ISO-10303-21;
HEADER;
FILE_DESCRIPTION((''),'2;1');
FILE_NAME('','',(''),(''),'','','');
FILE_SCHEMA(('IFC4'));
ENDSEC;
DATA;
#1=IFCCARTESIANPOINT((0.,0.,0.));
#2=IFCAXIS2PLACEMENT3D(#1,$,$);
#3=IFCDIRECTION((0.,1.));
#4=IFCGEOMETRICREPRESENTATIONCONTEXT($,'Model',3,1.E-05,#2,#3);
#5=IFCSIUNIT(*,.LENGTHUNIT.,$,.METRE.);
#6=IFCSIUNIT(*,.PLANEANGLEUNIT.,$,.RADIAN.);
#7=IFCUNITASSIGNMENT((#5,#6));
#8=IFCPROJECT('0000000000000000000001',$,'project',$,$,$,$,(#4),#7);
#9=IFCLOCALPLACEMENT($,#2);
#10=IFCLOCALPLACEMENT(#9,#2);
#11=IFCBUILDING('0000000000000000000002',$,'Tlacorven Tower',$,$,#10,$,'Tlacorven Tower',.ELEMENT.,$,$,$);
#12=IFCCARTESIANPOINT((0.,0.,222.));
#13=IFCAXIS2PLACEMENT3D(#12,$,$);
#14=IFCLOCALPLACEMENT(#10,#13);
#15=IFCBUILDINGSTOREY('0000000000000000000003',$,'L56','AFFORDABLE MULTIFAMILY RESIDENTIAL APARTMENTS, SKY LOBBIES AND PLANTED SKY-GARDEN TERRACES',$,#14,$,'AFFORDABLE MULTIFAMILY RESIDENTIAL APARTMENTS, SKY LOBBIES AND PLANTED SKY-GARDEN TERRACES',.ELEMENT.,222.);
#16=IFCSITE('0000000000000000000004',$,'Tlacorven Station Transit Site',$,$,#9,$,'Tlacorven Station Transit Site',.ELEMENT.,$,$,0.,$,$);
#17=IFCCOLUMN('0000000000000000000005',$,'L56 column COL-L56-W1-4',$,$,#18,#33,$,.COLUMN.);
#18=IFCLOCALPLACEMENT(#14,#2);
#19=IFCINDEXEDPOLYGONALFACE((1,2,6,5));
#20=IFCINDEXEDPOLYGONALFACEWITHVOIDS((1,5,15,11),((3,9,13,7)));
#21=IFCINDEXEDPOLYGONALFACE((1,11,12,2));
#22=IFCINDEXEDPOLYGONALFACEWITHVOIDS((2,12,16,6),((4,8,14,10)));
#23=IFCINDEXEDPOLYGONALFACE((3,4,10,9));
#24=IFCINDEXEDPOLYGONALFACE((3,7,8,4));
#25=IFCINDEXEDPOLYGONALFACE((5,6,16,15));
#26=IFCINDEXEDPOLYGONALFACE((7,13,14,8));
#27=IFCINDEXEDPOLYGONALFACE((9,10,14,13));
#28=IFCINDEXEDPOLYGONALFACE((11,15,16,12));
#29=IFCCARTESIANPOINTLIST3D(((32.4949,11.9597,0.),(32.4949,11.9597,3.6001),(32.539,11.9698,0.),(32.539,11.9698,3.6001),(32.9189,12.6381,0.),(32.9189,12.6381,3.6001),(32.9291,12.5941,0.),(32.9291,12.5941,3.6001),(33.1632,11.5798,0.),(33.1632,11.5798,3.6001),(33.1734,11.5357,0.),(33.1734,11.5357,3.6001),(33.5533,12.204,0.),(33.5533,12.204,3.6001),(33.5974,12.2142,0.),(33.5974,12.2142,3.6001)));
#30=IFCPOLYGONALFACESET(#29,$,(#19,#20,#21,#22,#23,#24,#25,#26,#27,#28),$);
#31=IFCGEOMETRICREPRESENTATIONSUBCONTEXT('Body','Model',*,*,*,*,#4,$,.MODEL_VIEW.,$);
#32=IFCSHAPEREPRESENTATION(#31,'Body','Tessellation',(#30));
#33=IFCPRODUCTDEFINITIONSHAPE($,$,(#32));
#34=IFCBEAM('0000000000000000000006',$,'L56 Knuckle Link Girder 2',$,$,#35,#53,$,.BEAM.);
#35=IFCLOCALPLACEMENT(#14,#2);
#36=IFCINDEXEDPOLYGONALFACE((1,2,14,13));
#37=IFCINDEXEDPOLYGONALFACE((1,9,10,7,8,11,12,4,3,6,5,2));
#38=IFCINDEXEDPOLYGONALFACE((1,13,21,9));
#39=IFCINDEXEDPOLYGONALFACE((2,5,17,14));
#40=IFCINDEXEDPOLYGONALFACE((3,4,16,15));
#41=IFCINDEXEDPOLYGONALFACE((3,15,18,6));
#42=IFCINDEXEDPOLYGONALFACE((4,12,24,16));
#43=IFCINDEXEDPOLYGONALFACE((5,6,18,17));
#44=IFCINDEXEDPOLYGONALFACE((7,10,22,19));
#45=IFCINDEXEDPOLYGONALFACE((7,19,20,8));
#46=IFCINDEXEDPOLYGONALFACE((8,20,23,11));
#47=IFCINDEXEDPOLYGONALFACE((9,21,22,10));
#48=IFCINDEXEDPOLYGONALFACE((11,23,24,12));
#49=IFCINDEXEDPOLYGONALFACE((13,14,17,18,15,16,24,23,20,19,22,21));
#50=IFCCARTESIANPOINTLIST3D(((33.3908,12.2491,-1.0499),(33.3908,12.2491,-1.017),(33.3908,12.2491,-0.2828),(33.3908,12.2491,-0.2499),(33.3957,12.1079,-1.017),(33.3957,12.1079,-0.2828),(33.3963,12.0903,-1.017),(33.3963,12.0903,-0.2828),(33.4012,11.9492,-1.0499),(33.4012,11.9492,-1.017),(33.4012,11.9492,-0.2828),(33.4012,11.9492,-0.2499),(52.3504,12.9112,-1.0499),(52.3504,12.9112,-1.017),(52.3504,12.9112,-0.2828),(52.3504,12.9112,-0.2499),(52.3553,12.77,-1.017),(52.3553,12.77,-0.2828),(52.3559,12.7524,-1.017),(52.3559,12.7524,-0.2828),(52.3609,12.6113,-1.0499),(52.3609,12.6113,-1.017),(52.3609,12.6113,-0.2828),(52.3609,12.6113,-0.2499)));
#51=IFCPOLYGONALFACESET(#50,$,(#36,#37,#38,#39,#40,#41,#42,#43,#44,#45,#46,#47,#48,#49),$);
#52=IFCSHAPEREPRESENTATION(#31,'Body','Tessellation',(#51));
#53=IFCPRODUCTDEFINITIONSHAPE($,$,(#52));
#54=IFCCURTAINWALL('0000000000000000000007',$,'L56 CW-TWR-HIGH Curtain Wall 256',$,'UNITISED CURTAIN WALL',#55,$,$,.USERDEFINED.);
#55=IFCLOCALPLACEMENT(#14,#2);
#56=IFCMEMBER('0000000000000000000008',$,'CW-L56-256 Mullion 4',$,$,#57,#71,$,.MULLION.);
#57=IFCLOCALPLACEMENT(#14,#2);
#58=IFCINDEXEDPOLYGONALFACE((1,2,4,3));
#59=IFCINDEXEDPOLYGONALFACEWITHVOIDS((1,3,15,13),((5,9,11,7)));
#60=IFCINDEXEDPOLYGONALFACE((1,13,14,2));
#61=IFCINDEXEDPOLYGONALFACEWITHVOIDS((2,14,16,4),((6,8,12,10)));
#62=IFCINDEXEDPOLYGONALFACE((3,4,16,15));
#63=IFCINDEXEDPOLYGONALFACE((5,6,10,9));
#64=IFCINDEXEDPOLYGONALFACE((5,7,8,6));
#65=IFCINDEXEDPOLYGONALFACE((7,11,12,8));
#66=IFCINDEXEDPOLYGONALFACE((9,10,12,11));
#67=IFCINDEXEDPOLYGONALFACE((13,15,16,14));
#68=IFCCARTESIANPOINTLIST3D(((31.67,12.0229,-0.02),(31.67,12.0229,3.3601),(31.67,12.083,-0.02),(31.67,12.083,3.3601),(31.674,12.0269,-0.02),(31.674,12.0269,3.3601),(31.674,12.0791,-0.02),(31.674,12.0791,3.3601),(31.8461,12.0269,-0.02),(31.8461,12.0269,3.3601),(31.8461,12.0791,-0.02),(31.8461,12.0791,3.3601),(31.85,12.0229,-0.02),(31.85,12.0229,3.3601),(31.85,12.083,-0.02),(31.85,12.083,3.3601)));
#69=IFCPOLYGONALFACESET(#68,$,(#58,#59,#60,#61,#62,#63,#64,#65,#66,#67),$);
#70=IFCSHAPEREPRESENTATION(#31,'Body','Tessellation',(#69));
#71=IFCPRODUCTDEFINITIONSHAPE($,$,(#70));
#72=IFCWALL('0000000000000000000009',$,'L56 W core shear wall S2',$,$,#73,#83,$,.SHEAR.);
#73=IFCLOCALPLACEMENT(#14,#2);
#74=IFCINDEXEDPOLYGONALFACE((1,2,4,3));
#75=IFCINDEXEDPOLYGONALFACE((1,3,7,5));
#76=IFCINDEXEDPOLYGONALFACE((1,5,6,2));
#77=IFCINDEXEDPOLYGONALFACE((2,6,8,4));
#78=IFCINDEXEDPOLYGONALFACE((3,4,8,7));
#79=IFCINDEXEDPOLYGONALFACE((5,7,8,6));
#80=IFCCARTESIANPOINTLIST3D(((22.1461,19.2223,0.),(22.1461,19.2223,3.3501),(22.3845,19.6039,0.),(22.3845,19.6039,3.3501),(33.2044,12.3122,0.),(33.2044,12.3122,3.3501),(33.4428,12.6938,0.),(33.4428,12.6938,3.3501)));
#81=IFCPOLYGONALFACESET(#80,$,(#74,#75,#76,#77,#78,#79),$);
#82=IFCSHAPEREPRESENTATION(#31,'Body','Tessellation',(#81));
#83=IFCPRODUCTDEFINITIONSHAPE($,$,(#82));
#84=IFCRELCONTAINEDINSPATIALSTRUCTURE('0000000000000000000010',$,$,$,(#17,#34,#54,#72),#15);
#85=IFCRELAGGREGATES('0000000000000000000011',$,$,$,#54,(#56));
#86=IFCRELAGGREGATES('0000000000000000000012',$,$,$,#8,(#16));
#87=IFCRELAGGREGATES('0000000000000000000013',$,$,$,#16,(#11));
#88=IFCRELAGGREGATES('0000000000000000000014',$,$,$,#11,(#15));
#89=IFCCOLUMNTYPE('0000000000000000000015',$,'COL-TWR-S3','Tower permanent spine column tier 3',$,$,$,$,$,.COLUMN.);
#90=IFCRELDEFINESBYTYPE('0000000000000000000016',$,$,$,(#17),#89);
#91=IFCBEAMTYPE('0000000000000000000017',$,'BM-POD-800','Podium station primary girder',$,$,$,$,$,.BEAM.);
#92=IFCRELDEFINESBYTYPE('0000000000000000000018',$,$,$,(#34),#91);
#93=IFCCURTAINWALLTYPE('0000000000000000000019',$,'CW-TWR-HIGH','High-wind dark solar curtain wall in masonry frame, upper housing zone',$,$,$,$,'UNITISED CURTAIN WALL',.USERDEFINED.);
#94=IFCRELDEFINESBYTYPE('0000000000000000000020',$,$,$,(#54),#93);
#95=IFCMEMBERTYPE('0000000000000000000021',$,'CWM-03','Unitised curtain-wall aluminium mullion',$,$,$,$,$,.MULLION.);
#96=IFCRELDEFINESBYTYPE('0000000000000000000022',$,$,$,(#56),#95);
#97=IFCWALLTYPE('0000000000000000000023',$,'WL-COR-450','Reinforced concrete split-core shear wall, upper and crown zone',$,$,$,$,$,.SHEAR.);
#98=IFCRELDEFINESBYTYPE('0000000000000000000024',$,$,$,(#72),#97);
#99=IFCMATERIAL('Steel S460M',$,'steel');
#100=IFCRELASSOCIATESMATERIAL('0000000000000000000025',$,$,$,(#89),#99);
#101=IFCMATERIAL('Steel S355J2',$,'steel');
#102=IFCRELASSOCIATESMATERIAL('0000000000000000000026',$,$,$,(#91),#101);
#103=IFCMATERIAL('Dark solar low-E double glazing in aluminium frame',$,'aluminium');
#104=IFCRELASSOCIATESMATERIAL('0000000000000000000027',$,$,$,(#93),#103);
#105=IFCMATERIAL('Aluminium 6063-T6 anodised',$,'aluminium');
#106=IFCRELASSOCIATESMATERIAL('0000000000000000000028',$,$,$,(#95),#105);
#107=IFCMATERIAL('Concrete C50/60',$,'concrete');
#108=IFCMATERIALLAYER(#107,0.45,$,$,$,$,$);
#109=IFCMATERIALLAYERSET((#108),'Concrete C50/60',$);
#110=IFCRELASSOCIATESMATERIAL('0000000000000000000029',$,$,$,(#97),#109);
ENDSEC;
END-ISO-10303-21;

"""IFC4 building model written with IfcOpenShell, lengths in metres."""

from ifc_helpers import new_model, si_unit, direction, frame, frame_2d, origin, origin_2d, place, context, subcontext, project, spatial, rectangle, hollow_rectangle, i_section, extrude, source, transform, mapped, material, layer, layer_set, material_profile, profile_set, type_object, element, aggregate, save


model = new_model("IFC4")

# Units and contexts
model_context = context("Model", 3, precision=1e-05, world=origin(), true_north=direction((0.0, 1.0)))
body_context = subcontext(model_context, "Body", "Model", "MODEL_VIEW")
ifc_project = project(units=[si_unit("LENGTHUNIT", "METRE"), si_unit("PLANEANGLEUNIT", "RADIAN")], contexts=[model_context])

# Site, building, storey
site_placement = place(None, origin())
site = spatial("IfcSite", under=ifc_project, at=site_placement, Name="Tlacorven Station Transit Site", LongName="Tlacorven Station Transit Site", CompositionType="ELEMENT", RefElevation=0.0)
building_placement = place(site_placement, origin())
building = spatial("IfcBuilding", under=site, at=building_placement, Name="Tlacorven Tower", LongName="Tlacorven Tower", CompositionType="ELEMENT")
storey_placement = place(building_placement, frame((0.0, 0.0, 222.0)))
storey = spatial("IfcBuildingStorey", under=building, at=storey_placement, Name="L56", Description="AFFORDABLE MULTIFAMILY RESIDENTIAL APARTMENTS, SKY LOBBIES AND PLANTED SKY-GARDEN TERRACES", LongName="AFFORDABLE MULTIFAMILY RESIDENTIAL APARTMENTS, SKY LOBBIES AND PLANTED SKY-GARDEN TERRACES", CompositionType="ELEMENT", Elevation=222.0)

# Column
ifc_material_1 = material(Name="Steel S460M", Category="steel")
ifc_material_profile_1 = material_profile(ifc_material_1, hollow_rectangle(XDim=0.8, YDim=0.8, WallThickness=0.032, at=origin_2d()), Name="BOX 800X800X32")
ifc_profile_set_1 = profile_set([ifc_material_profile_1], Name="Steel S460M")
column_type = type_object("IfcColumnType", Name="COL-TWR-S3", Description="Tower permanent spine column tier 3", PredefinedType="COLUMN", material=ifc_profile_set_1)
shared_shape_1 = source(origin(), body_context, "Body", "SweptSolid", [
    extrude(hollow_rectangle(XDim=0.8, YDim=0.8, WallThickness=0.032, at=origin_2d()), origin(), (0.0, 0.0, 1.0), 3.6001),
])
column_placement = place(storey_placement, frame((33.0461, 12.0869, 0.0), z_axis=(0.0, 0.0, 1.0), x_axis=(-0.848048, 0.529919, 0.0)))
element("IfcColumn", 1, at=column_placement, inside=storey, type_object=column_type, Name="L56 column COL-L56-W1-4", PredefinedType="COLUMN", context=body_context, shape_type="MappedRepresentation", body=[
    mapped(shared_shape_1, transform((0.0, 0.0, 0.0), scale=1.0)),
])

# Beam
ifc_material_2 = material(Name="Steel S355J2", Category="steel")
ifc_material_profile_2 = material_profile(ifc_material_2, i_section(OverallWidth=0.3, OverallDepth=0.8, WebThickness=0.0176, FlangeThickness=0.033, at=origin_2d()), Name="HEB 800")
ifc_profile_set_2 = profile_set([ifc_material_profile_2], Name="Steel S355J2")
beam_type = type_object("IfcBeamType", Name="BM-POD-800", Description="Podium station primary girder", PredefinedType="BEAM", material=ifc_profile_set_2)
shared_shape_2 = source(origin(), body_context, "Body", "SweptSolid", [
    extrude(i_section(OverallWidth=0.3, OverallDepth=0.8, WebThickness=0.0176, FlangeThickness=0.033, at=origin_2d()), origin(), (0.0, 0.0, 1.0), 18.9712),
])
beam_placement = place(storey_placement, frame((33.396, 12.0991, -0.6499), z_axis=(0.999391, 0.034901, 0.0), x_axis=(-0.034901, 0.999391, 0.0)))
element("IfcBeam", 2, at=beam_placement, inside=storey, type_object=beam_type, Name="L56 Knuckle Link Girder 2", PredefinedType="BEAM", context=body_context, shape_type="MappedRepresentation", body=[
    mapped(shared_shape_2, transform((0.0, 0.0, 0.0), scale=1.0)),
])

# Curtain wall, member
ifc_material_3 = material(Name="Dark solar low-E double glazing in aluminium frame", Category="aluminium")
curtain_wall_type = type_object("IfcCurtainWallType", Name="CW-TWR-HIGH", Description="High-wind dark solar curtain wall in masonry frame, upper housing zone", ElementType="UNITISED CURTAIN WALL", PredefinedType="USERDEFINED", material=ifc_material_3)
curtain_wall_placement = place(storey_placement, origin())
curtain_wall = element("IfcCurtainWall", 3, at=curtain_wall_placement, inside=storey, type_object=curtain_wall_type, Name="L56 CW-TWR-HIGH Curtain Wall 256", ObjectType="UNITISED CURTAIN WALL", PredefinedType="USERDEFINED")
ifc_material_4 = material(Name="Aluminium 6063-T6 anodised", Category="aluminium")
ifc_material_profile_3 = material_profile(ifc_material_4, hollow_rectangle(XDim=0.0601, YDim=0.1799, WallThickness=0.0039, at=origin_2d()), Name="ALU MULLION 60X180")
ifc_profile_set_3 = profile_set([ifc_material_profile_3], Name="Aluminium 6063-T6 anodised")
member_type = type_object("IfcMemberType", Name="CWM-03", Description="Unitised curtain-wall aluminium mullion", PredefinedType="MULLION", material=ifc_profile_set_3)
shared_shape_3 = source(origin(), body_context, "Body", "SweptSolid", [
    extrude(hollow_rectangle(XDim=0.0601, YDim=0.1799, WallThickness=0.0039, at=origin_2d()), origin(), (0.0, 0.0, 1.0), 3.3801),
])
member_placement = place(storey_placement, frame((31.76, 12.053, -0.02), z_axis=(0.0, 0.0, 1.0), x_axis=(0.0, 1.0, 0.0)))
member = element("IfcMember", 4, at=member_placement, type_object=member_type, Name="CW-L56-256 Mullion 4", PredefinedType="MULLION", context=body_context, shape_type="MappedRepresentation", body=[
    mapped(shared_shape_3, transform((0.0, 0.0, 0.0), scale=1.0)),
])
aggregate(curtain_wall, [member])

# Wall
ifc_material_5 = material(Name="Concrete C50/60", Category="concrete")
ifc_layer_1 = layer(ifc_material_5, 0.45)
ifc_layer_set_1 = layer_set([ifc_layer_1], Name="Concrete C50/60")
wall_type_1 = type_object("IfcWallType", Name="WL-COR-450", Description="Reinforced concrete split-core shear wall, upper and crown zone", PredefinedType="SHEAR", material=ifc_layer_set_1)
wall_1_placement = place(storey_placement, frame((33.3237, 12.5029, 0.0), z_axis=(0.0, 0.0, 1.0), x_axis=(-0.848044, 0.529927, 0.0)))
element("IfcWall", 5, at=wall_1_placement, inside=storey, type_object=wall_type_1, Name="L56 W core shear wall S2", PredefinedType="SHEAR", context=body_context, shape_type="SweptSolid", body=[
    extrude(rectangle(XDim=13.0398, YDim=0.45, at=frame_2d((6.52, 0.0))), origin(), (0.0, 0.0, 1.0), 3.3501),
])

save(model, "model.ifc")
